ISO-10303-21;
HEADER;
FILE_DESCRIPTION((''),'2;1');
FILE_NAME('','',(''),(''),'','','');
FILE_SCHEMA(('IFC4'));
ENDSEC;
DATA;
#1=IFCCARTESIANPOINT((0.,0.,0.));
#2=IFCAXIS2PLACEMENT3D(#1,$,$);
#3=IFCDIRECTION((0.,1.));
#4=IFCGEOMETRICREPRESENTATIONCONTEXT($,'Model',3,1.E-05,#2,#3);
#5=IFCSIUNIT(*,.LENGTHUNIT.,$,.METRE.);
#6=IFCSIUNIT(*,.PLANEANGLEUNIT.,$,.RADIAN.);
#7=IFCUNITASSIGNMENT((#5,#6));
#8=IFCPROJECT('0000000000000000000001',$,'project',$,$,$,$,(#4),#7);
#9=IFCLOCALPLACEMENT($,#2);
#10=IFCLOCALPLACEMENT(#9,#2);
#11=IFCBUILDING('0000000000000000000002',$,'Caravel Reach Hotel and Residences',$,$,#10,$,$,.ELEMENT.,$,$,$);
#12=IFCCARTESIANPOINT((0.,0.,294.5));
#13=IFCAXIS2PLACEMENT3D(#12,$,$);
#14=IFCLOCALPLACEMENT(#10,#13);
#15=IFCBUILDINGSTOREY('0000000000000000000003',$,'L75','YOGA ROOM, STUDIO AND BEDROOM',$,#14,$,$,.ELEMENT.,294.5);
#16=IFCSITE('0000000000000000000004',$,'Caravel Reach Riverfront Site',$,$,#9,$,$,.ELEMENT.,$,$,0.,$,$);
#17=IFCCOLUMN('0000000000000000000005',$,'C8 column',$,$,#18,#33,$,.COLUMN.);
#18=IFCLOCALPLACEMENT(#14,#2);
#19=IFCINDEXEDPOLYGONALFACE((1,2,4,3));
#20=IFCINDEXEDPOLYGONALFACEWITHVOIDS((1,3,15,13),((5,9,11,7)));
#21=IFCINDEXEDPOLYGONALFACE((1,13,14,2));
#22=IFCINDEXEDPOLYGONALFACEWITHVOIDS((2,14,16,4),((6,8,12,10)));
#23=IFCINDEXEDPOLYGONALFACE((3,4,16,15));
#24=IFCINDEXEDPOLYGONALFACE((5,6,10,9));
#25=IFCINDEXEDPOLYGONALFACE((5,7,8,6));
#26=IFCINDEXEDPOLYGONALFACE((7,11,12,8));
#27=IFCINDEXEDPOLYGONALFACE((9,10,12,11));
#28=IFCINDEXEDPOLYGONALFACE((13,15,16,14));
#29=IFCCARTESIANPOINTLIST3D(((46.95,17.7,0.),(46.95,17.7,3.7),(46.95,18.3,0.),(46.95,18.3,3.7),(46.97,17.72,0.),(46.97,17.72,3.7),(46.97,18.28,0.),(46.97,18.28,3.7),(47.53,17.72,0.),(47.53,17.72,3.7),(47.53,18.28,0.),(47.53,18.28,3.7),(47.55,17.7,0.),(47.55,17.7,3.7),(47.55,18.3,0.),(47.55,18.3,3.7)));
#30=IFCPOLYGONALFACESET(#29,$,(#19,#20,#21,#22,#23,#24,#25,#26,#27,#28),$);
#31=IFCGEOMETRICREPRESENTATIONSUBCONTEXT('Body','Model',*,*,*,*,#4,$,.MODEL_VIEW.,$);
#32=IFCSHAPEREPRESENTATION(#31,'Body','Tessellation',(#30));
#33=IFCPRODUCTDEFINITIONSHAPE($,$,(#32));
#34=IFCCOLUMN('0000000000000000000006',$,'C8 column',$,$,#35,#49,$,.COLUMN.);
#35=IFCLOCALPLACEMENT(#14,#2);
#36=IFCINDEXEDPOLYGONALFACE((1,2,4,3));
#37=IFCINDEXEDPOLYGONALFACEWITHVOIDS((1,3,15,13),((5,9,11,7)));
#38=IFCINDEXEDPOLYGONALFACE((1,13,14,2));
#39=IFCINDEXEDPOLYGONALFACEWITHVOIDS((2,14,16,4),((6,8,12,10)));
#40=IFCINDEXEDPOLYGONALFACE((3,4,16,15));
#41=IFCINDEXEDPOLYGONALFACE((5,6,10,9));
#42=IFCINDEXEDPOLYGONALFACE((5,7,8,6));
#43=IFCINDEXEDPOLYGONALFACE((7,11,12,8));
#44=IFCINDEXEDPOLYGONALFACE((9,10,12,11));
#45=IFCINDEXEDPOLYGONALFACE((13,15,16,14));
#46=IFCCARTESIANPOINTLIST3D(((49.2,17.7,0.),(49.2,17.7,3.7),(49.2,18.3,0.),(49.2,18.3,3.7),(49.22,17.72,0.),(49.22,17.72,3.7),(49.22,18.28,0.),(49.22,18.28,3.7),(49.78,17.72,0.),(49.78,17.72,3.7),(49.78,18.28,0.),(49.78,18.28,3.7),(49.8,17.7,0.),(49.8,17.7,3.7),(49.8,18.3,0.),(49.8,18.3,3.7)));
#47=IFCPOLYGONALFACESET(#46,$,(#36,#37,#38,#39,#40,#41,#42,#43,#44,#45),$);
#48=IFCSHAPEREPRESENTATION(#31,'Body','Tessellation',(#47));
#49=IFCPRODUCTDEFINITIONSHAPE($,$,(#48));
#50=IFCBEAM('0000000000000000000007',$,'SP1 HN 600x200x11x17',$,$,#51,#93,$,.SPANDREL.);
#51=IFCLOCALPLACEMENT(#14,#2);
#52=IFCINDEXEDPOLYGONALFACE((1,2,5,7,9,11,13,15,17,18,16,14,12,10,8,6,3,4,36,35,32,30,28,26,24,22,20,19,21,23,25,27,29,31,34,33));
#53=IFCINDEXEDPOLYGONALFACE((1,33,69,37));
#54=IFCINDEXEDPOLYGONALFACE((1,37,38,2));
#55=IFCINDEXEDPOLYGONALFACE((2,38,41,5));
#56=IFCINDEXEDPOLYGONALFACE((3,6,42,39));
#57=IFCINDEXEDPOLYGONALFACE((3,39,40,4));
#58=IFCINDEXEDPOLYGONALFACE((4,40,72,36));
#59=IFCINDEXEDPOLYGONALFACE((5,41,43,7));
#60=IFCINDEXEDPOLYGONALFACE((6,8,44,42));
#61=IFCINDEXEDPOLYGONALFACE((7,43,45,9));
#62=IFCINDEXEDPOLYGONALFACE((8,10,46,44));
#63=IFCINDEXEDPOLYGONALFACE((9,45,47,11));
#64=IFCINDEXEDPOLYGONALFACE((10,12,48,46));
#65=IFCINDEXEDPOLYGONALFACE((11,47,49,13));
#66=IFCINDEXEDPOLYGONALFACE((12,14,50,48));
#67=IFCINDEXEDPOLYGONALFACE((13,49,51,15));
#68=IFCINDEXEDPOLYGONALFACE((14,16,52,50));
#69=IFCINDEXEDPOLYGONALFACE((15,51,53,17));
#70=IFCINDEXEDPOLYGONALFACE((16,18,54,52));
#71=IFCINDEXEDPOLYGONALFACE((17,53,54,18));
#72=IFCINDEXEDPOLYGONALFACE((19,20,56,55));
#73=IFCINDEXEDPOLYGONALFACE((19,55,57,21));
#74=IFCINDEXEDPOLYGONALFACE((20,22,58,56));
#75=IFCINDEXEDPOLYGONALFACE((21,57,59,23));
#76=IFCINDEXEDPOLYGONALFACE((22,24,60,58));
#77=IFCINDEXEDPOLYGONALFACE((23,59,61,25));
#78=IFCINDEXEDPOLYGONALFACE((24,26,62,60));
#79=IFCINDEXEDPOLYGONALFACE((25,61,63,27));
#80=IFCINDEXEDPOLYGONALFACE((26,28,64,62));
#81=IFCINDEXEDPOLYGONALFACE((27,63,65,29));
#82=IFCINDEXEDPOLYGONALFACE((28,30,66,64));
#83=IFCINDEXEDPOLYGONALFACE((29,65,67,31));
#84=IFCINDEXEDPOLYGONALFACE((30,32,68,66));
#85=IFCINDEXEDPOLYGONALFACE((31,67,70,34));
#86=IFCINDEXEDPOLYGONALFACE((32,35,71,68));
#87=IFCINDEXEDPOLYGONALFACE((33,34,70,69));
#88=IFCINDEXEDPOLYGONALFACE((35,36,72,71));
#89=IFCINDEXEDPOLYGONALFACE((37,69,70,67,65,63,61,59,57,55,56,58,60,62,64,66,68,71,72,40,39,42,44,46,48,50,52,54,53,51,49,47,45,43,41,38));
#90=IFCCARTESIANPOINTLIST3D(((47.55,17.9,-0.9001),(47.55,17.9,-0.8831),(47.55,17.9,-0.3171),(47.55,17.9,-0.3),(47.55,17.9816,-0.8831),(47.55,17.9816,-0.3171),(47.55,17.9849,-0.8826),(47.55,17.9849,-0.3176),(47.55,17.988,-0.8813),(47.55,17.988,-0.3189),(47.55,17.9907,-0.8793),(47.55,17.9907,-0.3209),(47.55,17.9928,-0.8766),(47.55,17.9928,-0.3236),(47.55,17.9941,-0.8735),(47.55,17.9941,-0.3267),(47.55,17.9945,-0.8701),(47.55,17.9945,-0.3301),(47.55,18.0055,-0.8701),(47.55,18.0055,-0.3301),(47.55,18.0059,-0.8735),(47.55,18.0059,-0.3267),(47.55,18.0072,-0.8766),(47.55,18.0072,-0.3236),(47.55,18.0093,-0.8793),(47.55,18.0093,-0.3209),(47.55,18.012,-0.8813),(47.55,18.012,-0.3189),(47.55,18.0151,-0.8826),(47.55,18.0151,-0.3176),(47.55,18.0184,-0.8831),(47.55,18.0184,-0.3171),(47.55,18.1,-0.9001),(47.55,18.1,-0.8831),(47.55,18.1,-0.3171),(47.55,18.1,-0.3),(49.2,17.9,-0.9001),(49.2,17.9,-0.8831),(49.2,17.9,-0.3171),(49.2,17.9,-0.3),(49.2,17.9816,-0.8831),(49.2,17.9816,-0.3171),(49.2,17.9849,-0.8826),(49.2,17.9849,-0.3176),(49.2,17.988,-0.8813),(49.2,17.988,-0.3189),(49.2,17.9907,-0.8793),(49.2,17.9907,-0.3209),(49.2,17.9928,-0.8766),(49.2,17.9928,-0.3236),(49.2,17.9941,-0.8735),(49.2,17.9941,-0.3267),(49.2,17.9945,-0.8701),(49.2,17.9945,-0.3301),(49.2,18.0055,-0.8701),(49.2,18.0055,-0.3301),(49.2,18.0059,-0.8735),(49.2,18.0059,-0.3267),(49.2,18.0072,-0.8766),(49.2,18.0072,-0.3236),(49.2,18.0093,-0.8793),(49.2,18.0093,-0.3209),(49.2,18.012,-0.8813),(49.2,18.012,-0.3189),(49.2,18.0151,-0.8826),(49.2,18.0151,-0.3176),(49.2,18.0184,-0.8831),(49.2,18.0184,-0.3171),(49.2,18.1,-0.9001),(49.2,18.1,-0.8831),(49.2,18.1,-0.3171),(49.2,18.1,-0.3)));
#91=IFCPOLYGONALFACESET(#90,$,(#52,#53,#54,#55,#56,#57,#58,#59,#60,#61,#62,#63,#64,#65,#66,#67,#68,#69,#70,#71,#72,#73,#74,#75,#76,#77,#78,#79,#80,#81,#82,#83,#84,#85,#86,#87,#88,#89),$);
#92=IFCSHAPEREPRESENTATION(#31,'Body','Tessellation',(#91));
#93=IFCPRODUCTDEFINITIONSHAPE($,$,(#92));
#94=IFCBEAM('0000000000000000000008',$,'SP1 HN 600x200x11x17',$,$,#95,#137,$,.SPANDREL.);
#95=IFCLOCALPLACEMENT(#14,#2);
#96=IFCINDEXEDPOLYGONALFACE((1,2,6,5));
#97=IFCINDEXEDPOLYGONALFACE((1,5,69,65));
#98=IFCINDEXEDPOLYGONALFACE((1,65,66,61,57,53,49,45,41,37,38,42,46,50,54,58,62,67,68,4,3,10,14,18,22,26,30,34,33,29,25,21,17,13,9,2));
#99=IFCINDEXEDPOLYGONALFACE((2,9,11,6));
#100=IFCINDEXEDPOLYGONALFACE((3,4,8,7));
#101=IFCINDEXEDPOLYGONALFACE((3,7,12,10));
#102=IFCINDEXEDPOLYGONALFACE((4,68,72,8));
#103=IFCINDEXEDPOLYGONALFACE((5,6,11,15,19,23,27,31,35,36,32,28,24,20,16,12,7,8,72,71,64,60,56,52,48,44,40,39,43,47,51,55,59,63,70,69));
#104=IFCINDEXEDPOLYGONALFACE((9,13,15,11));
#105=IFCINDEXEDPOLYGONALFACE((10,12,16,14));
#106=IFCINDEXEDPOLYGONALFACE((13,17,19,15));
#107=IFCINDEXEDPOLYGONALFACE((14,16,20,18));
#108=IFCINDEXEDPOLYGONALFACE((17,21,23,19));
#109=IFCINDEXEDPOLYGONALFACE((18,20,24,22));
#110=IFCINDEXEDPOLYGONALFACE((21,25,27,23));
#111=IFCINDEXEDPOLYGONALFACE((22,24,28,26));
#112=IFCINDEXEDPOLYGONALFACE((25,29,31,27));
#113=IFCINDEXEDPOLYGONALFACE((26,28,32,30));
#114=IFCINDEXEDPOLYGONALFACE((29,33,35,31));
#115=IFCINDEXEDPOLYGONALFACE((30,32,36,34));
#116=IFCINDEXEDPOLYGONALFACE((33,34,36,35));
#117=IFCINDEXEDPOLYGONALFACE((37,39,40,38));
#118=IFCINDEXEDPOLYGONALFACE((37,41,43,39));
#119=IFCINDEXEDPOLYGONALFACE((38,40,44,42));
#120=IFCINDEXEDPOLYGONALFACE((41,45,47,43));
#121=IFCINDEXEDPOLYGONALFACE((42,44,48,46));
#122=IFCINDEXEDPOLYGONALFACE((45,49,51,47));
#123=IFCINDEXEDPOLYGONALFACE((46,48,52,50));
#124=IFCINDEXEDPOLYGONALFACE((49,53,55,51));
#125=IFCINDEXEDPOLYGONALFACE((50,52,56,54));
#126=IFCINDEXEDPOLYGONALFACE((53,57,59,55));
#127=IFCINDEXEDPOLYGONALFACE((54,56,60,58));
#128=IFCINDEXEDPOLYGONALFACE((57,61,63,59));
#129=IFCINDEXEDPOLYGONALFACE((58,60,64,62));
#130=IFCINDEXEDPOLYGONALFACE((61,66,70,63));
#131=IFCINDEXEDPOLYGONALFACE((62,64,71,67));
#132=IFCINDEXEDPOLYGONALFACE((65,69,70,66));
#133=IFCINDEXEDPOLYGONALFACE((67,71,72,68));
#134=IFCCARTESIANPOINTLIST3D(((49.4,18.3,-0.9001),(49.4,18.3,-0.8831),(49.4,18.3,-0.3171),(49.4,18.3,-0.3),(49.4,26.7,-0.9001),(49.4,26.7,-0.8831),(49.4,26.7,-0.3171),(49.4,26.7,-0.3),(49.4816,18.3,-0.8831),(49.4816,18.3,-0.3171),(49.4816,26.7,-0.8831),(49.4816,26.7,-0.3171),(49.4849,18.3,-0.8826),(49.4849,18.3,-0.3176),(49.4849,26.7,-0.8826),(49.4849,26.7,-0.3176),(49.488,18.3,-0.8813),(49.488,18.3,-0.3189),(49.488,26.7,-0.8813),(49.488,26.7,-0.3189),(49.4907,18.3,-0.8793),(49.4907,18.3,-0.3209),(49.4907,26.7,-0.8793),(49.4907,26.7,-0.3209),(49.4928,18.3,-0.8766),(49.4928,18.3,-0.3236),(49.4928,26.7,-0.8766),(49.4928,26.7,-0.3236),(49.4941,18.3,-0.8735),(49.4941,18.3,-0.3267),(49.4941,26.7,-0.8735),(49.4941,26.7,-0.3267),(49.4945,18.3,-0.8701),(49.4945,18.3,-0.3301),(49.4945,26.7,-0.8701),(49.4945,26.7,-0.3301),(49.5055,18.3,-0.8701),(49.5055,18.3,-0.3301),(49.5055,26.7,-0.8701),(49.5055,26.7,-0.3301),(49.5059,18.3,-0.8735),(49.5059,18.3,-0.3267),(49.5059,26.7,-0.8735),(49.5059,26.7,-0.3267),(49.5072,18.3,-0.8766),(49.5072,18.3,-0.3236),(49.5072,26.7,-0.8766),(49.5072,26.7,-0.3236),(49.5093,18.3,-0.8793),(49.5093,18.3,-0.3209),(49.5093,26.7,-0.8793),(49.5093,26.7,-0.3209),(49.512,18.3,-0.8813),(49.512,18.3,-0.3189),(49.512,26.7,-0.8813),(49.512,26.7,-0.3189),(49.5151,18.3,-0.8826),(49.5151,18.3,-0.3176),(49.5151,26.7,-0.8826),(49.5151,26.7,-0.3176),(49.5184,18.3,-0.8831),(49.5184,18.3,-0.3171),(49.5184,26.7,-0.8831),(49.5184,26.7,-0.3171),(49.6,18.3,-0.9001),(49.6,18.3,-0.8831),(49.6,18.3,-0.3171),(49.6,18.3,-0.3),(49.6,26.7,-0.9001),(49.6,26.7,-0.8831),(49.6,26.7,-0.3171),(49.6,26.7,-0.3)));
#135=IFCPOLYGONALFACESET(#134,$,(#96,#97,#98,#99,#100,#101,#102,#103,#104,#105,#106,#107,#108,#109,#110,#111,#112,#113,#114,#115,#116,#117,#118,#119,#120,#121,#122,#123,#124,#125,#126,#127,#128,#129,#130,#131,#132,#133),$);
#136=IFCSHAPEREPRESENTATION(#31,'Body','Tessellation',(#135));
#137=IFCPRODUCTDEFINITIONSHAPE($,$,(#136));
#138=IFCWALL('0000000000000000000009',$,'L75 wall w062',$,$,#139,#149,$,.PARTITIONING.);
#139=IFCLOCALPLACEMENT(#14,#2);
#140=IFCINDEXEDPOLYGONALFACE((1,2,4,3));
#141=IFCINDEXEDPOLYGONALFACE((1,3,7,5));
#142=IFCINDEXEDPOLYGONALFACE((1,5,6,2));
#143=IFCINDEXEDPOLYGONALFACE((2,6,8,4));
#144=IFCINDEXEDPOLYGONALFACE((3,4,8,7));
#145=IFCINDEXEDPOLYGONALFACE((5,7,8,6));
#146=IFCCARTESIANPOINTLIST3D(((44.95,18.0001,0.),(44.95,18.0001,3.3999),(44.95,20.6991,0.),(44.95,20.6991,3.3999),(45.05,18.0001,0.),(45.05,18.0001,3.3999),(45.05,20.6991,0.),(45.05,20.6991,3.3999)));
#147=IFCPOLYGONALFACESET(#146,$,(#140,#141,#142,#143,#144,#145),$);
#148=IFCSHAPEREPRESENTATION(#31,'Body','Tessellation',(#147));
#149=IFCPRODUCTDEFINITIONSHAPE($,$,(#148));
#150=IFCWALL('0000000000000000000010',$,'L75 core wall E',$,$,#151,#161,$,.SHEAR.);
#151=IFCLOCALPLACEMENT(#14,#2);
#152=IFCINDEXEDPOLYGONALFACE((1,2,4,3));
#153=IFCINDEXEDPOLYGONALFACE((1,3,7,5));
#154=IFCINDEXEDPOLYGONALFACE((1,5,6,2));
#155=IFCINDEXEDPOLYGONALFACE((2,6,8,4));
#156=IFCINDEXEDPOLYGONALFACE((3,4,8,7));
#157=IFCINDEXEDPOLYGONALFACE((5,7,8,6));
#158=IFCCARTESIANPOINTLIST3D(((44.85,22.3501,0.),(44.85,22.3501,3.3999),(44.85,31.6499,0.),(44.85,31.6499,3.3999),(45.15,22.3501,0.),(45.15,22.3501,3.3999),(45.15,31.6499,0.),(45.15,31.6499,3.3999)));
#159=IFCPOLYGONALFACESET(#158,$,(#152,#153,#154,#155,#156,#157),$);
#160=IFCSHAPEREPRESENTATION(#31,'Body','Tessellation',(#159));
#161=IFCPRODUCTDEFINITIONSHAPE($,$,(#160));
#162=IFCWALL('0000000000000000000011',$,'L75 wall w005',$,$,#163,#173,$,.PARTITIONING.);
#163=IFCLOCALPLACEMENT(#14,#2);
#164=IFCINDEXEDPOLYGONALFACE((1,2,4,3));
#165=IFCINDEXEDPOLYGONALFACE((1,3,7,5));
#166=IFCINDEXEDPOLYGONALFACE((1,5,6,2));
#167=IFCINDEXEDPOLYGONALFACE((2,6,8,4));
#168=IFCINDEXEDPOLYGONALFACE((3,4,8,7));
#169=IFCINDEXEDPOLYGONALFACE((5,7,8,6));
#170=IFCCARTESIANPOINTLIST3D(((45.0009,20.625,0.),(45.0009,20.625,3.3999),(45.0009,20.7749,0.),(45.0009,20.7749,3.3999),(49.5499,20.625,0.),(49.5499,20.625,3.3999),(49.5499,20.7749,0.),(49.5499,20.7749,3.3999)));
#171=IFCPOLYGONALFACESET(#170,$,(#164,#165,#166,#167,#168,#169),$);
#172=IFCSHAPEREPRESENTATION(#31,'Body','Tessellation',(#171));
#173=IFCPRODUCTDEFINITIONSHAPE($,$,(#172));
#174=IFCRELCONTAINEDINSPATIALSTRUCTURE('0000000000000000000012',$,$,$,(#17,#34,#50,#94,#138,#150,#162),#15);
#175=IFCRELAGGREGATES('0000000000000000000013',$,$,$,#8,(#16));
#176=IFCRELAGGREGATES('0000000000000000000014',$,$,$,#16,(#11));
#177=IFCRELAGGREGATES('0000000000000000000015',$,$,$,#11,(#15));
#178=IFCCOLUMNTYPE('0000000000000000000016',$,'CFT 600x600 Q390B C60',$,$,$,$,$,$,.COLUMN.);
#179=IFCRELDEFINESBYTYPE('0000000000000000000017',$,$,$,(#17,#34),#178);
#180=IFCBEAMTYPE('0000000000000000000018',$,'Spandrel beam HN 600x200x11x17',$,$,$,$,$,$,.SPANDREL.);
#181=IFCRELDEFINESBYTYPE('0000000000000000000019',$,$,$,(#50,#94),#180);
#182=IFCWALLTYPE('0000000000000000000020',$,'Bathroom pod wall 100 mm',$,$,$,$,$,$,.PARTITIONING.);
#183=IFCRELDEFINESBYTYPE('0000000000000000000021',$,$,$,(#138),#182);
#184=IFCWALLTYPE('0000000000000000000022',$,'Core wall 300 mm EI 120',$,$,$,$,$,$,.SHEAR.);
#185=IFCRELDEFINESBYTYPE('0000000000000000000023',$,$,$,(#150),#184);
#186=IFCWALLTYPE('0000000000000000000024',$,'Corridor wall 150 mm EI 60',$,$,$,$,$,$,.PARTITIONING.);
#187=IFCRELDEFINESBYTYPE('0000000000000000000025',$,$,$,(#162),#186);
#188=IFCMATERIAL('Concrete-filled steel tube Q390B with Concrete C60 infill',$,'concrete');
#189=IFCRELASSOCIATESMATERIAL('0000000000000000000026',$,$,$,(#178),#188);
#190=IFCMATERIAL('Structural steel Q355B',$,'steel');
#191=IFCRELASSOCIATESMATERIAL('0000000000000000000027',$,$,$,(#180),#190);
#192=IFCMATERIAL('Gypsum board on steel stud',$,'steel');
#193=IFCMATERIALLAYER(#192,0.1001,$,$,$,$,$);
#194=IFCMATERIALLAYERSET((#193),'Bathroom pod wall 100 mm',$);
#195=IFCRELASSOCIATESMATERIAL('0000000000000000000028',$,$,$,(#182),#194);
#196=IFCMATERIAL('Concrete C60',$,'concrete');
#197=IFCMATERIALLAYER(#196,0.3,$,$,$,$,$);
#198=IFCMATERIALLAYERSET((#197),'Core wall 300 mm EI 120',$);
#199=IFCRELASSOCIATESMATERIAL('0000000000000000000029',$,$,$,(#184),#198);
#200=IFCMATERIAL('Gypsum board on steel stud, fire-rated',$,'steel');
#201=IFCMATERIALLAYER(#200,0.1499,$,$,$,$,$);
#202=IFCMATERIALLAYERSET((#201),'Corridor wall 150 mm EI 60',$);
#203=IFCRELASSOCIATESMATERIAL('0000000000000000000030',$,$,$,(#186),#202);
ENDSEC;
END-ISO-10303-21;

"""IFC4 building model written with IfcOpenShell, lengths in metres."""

from ifc_helpers import new_model, si_unit, direction, frame, frame_2d, origin, origin_2d, place, context, subcontext, project, spatial, rectangle, hollow_rectangle, i_section, extrude, material, layer, layer_set, material_profile, profile_set, type_object, element, save


model = new_model("IFC4")

# Units and contexts
model_context = context("Model", 3, precision=1e-05, world=origin(), true_north=direction((0.0, 1.0)))
body_context = subcontext(model_context, "Body", "Model", "MODEL_VIEW")
ifc_project = project(units=[si_unit("LENGTHUNIT", "METRE"), si_unit("PLANEANGLEUNIT", "RADIAN")], contexts=[model_context])

# Site, building, storey
site_placement = place(None, origin())
site = spatial("IfcSite", under=ifc_project, at=site_placement, Name="Caravel Reach Riverfront Site", CompositionType="ELEMENT", RefElevation=0.0)
building_placement = place(site_placement, origin())
building = spatial("IfcBuilding", under=site, at=building_placement, Name="Caravel Reach Hotel and Residences", CompositionType="ELEMENT")
storey_placement = place(building_placement, frame((0.0, 0.0, 294.5)))
storey = spatial("IfcBuildingStorey", under=building, at=storey_placement, Name="L75", Description="YOGA ROOM, STUDIO AND BEDROOM", CompositionType="ELEMENT", Elevation=294.5)

# Columns
ifc_material_1 = material(Name="Concrete-filled steel tube Q390B with Concrete C60 infill", Category="concrete")
ifc_material_profile_1 = material_profile(ifc_material_1, hollow_rectangle(XDim=0.6001, YDim=0.6001, WallThickness=0.02, at=origin_2d()), Name="RHS 600x600x20")
ifc_profile_set_1 = profile_set([ifc_material_profile_1], Name="Concrete-filled steel tube Q390B with Concrete C60 infill")
column_type = type_object("IfcColumnType", Name="CFT 600x600 Q390B C60", PredefinedType="COLUMN", material=ifc_profile_set_1)
for number, where, z_axis, x_axis, name in (
    (1, (47.25, 18.0, 0.0), (0.0, 0.0, 1.0), (1.0, 0.0, 0.0), "C8 column"),
    (2, (49.5, 18.0, 0.0), (0.0, 0.0, 1.0), (1.0, 0.0, 0.0), "C8 column"),
):
    element("IfcColumn", number, at=place(storey_placement, frame(where, z_axis=z_axis, x_axis=x_axis)), inside=storey, type_object=column_type, Name=name, PredefinedType="COLUMN", context=body_context, shape_type="SweptSolid", body=[
        extrude(hollow_rectangle(XDim=0.6001, YDim=0.6001, WallThickness=0.02, at=origin_2d()), origin(), (0.0, 0.0, 1.0), 3.7),
    ])

# Beams
ifc_material_2 = material(Name="Structural steel Q355B", Category="steel")
ifc_material_profile_2 = material_profile(ifc_material_2, i_section(OverallWidth=0.2, OverallDepth=0.6001, WebThickness=0.011, FlangeThickness=0.0171, FilletRadius=0.0129, at=origin_2d()), Name="HN 600x200x11x17")
ifc_profile_set_2 = profile_set([ifc_material_profile_2], Name="Structural steel Q355B")
beam_type = type_object("IfcBeamType", Name="Spandrel beam HN 600x200x11x17", PredefinedType="SPANDREL", material=ifc_profile_set_2)
beam_1_placement = place(storey_placement, frame((47.55, 18.0, -0.6001), z_axis=(1.0, 0.0, 0.0), x_axis=(0.0, 1.0, 0.0)))
element("IfcBeam", 3, at=beam_1_placement, inside=storey, type_object=beam_type, Name="SP1 HN 600x200x11x17", PredefinedType="SPANDREL", context=body_context, shape_type="SweptSolid", body=[
    extrude(i_section(OverallWidth=0.2, OverallDepth=0.6001, WebThickness=0.011, FlangeThickness=0.0171, FilletRadius=0.0129, at=origin_2d()), origin(), (0.0, 0.0, 1.0), 1.6499),
])
beam_2_placement = place(storey_placement, frame((49.5, 18.3, -0.6001), z_axis=(0.0, 1.0, 0.0), x_axis=(-1.0, 0.0, 0.0)))
element("IfcBeam", 4, at=beam_2_placement, inside=storey, type_object=beam_type, Name="SP1 HN 600x200x11x17", PredefinedType="SPANDREL", context=body_context, shape_type="SweptSolid", body=[
    extrude(i_section(OverallWidth=0.2, OverallDepth=0.6001, WebThickness=0.011, FlangeThickness=0.0171, FilletRadius=0.0129, at=origin_2d()), origin(), (0.0, 0.0, 1.0), 8.3999),
])

# Walls
ifc_material_3 = material(Name="Gypsum board on steel stud", Category="steel")
ifc_layer_1 = layer(ifc_material_3, 0.1001)
ifc_layer_set_1 = layer_set([ifc_layer_1], Name="Bathroom pod wall 100 mm")
wall_type_1 = type_object("IfcWallType", Name="Bathroom pod wall 100 mm", PredefinedType="PARTITIONING", material=ifc_layer_set_1)
wall_1_placement = place(storey_placement, frame((45.0, 18.0, 0.0), z_axis=(0.0, 0.0, 1.0), x_axis=(0.0, 1.0, 0.0)))
element("IfcWall", 5, at=wall_1_placement, inside=storey, type_object=wall_type_1, Name="L75 wall w062", PredefinedType="PARTITIONING", context=body_context, shape_type="SweptSolid", body=[
    extrude(rectangle(XDim=2.699, YDim=0.1001, at=frame_2d((1.3496, 0.0))), origin(), (0.0, 0.0, 1.0), 3.3999),
])
ifc_material_4 = material(Name="Concrete C60", Category="concrete")
ifc_layer_2 = layer(ifc_material_4, 0.3)
ifc_layer_set_2 = layer_set([ifc_layer_2], Name="Core wall 300 mm EI 120")
wall_type_2 = type_object("IfcWallType", Name="Core wall 300 mm EI 120", PredefinedType="SHEAR", material=ifc_layer_set_2)
wall_2_placement = place(storey_placement, frame((45.0, 22.3501, 0.0), z_axis=(0.0, 0.0, 1.0), x_axis=(0.0, 1.0, 0.0)))
element("IfcWall", 6, at=wall_2_placement, inside=storey, type_object=wall_type_2, Name="L75 core wall E", PredefinedType="SHEAR", context=body_context, shape_type="SweptSolid", body=[
    extrude(rectangle(XDim=9.2998, YDim=0.3, at=frame_2d((4.6499, 0.0))), origin(), (0.0, 0.0, 1.0), 3.3999),
])
ifc_material_5 = material(Name="Gypsum board on steel stud, fire-rated", Category="steel")
ifc_layer_3 = layer(ifc_material_5, 0.1499)
ifc_layer_set_3 = layer_set([ifc_layer_3], Name="Corridor wall 150 mm EI 60")
wall_type_3 = type_object("IfcWallType", Name="Corridor wall 150 mm EI 60", PredefinedType="PARTITIONING", material=ifc_layer_set_3)
wall_3_placement = place(storey_placement, frame((45.001, 20.7, 0.0), z_axis=(0.0, 0.0, 1.0), x_axis=(1.0, 0.0, 0.0)))
element("IfcWall", 7, at=wall_3_placement, inside=storey, type_object=wall_type_3, Name="L75 wall w005", PredefinedType="PARTITIONING", context=body_context, shape_type="SweptSolid", body=[
    extrude(rectangle(XDim=4.5491, YDim=0.1499, at=frame_2d((2.2744, 0.0))), origin(), (0.0, 0.0, 1.0), 3.3999),
])

save(model, "model.ifc")
